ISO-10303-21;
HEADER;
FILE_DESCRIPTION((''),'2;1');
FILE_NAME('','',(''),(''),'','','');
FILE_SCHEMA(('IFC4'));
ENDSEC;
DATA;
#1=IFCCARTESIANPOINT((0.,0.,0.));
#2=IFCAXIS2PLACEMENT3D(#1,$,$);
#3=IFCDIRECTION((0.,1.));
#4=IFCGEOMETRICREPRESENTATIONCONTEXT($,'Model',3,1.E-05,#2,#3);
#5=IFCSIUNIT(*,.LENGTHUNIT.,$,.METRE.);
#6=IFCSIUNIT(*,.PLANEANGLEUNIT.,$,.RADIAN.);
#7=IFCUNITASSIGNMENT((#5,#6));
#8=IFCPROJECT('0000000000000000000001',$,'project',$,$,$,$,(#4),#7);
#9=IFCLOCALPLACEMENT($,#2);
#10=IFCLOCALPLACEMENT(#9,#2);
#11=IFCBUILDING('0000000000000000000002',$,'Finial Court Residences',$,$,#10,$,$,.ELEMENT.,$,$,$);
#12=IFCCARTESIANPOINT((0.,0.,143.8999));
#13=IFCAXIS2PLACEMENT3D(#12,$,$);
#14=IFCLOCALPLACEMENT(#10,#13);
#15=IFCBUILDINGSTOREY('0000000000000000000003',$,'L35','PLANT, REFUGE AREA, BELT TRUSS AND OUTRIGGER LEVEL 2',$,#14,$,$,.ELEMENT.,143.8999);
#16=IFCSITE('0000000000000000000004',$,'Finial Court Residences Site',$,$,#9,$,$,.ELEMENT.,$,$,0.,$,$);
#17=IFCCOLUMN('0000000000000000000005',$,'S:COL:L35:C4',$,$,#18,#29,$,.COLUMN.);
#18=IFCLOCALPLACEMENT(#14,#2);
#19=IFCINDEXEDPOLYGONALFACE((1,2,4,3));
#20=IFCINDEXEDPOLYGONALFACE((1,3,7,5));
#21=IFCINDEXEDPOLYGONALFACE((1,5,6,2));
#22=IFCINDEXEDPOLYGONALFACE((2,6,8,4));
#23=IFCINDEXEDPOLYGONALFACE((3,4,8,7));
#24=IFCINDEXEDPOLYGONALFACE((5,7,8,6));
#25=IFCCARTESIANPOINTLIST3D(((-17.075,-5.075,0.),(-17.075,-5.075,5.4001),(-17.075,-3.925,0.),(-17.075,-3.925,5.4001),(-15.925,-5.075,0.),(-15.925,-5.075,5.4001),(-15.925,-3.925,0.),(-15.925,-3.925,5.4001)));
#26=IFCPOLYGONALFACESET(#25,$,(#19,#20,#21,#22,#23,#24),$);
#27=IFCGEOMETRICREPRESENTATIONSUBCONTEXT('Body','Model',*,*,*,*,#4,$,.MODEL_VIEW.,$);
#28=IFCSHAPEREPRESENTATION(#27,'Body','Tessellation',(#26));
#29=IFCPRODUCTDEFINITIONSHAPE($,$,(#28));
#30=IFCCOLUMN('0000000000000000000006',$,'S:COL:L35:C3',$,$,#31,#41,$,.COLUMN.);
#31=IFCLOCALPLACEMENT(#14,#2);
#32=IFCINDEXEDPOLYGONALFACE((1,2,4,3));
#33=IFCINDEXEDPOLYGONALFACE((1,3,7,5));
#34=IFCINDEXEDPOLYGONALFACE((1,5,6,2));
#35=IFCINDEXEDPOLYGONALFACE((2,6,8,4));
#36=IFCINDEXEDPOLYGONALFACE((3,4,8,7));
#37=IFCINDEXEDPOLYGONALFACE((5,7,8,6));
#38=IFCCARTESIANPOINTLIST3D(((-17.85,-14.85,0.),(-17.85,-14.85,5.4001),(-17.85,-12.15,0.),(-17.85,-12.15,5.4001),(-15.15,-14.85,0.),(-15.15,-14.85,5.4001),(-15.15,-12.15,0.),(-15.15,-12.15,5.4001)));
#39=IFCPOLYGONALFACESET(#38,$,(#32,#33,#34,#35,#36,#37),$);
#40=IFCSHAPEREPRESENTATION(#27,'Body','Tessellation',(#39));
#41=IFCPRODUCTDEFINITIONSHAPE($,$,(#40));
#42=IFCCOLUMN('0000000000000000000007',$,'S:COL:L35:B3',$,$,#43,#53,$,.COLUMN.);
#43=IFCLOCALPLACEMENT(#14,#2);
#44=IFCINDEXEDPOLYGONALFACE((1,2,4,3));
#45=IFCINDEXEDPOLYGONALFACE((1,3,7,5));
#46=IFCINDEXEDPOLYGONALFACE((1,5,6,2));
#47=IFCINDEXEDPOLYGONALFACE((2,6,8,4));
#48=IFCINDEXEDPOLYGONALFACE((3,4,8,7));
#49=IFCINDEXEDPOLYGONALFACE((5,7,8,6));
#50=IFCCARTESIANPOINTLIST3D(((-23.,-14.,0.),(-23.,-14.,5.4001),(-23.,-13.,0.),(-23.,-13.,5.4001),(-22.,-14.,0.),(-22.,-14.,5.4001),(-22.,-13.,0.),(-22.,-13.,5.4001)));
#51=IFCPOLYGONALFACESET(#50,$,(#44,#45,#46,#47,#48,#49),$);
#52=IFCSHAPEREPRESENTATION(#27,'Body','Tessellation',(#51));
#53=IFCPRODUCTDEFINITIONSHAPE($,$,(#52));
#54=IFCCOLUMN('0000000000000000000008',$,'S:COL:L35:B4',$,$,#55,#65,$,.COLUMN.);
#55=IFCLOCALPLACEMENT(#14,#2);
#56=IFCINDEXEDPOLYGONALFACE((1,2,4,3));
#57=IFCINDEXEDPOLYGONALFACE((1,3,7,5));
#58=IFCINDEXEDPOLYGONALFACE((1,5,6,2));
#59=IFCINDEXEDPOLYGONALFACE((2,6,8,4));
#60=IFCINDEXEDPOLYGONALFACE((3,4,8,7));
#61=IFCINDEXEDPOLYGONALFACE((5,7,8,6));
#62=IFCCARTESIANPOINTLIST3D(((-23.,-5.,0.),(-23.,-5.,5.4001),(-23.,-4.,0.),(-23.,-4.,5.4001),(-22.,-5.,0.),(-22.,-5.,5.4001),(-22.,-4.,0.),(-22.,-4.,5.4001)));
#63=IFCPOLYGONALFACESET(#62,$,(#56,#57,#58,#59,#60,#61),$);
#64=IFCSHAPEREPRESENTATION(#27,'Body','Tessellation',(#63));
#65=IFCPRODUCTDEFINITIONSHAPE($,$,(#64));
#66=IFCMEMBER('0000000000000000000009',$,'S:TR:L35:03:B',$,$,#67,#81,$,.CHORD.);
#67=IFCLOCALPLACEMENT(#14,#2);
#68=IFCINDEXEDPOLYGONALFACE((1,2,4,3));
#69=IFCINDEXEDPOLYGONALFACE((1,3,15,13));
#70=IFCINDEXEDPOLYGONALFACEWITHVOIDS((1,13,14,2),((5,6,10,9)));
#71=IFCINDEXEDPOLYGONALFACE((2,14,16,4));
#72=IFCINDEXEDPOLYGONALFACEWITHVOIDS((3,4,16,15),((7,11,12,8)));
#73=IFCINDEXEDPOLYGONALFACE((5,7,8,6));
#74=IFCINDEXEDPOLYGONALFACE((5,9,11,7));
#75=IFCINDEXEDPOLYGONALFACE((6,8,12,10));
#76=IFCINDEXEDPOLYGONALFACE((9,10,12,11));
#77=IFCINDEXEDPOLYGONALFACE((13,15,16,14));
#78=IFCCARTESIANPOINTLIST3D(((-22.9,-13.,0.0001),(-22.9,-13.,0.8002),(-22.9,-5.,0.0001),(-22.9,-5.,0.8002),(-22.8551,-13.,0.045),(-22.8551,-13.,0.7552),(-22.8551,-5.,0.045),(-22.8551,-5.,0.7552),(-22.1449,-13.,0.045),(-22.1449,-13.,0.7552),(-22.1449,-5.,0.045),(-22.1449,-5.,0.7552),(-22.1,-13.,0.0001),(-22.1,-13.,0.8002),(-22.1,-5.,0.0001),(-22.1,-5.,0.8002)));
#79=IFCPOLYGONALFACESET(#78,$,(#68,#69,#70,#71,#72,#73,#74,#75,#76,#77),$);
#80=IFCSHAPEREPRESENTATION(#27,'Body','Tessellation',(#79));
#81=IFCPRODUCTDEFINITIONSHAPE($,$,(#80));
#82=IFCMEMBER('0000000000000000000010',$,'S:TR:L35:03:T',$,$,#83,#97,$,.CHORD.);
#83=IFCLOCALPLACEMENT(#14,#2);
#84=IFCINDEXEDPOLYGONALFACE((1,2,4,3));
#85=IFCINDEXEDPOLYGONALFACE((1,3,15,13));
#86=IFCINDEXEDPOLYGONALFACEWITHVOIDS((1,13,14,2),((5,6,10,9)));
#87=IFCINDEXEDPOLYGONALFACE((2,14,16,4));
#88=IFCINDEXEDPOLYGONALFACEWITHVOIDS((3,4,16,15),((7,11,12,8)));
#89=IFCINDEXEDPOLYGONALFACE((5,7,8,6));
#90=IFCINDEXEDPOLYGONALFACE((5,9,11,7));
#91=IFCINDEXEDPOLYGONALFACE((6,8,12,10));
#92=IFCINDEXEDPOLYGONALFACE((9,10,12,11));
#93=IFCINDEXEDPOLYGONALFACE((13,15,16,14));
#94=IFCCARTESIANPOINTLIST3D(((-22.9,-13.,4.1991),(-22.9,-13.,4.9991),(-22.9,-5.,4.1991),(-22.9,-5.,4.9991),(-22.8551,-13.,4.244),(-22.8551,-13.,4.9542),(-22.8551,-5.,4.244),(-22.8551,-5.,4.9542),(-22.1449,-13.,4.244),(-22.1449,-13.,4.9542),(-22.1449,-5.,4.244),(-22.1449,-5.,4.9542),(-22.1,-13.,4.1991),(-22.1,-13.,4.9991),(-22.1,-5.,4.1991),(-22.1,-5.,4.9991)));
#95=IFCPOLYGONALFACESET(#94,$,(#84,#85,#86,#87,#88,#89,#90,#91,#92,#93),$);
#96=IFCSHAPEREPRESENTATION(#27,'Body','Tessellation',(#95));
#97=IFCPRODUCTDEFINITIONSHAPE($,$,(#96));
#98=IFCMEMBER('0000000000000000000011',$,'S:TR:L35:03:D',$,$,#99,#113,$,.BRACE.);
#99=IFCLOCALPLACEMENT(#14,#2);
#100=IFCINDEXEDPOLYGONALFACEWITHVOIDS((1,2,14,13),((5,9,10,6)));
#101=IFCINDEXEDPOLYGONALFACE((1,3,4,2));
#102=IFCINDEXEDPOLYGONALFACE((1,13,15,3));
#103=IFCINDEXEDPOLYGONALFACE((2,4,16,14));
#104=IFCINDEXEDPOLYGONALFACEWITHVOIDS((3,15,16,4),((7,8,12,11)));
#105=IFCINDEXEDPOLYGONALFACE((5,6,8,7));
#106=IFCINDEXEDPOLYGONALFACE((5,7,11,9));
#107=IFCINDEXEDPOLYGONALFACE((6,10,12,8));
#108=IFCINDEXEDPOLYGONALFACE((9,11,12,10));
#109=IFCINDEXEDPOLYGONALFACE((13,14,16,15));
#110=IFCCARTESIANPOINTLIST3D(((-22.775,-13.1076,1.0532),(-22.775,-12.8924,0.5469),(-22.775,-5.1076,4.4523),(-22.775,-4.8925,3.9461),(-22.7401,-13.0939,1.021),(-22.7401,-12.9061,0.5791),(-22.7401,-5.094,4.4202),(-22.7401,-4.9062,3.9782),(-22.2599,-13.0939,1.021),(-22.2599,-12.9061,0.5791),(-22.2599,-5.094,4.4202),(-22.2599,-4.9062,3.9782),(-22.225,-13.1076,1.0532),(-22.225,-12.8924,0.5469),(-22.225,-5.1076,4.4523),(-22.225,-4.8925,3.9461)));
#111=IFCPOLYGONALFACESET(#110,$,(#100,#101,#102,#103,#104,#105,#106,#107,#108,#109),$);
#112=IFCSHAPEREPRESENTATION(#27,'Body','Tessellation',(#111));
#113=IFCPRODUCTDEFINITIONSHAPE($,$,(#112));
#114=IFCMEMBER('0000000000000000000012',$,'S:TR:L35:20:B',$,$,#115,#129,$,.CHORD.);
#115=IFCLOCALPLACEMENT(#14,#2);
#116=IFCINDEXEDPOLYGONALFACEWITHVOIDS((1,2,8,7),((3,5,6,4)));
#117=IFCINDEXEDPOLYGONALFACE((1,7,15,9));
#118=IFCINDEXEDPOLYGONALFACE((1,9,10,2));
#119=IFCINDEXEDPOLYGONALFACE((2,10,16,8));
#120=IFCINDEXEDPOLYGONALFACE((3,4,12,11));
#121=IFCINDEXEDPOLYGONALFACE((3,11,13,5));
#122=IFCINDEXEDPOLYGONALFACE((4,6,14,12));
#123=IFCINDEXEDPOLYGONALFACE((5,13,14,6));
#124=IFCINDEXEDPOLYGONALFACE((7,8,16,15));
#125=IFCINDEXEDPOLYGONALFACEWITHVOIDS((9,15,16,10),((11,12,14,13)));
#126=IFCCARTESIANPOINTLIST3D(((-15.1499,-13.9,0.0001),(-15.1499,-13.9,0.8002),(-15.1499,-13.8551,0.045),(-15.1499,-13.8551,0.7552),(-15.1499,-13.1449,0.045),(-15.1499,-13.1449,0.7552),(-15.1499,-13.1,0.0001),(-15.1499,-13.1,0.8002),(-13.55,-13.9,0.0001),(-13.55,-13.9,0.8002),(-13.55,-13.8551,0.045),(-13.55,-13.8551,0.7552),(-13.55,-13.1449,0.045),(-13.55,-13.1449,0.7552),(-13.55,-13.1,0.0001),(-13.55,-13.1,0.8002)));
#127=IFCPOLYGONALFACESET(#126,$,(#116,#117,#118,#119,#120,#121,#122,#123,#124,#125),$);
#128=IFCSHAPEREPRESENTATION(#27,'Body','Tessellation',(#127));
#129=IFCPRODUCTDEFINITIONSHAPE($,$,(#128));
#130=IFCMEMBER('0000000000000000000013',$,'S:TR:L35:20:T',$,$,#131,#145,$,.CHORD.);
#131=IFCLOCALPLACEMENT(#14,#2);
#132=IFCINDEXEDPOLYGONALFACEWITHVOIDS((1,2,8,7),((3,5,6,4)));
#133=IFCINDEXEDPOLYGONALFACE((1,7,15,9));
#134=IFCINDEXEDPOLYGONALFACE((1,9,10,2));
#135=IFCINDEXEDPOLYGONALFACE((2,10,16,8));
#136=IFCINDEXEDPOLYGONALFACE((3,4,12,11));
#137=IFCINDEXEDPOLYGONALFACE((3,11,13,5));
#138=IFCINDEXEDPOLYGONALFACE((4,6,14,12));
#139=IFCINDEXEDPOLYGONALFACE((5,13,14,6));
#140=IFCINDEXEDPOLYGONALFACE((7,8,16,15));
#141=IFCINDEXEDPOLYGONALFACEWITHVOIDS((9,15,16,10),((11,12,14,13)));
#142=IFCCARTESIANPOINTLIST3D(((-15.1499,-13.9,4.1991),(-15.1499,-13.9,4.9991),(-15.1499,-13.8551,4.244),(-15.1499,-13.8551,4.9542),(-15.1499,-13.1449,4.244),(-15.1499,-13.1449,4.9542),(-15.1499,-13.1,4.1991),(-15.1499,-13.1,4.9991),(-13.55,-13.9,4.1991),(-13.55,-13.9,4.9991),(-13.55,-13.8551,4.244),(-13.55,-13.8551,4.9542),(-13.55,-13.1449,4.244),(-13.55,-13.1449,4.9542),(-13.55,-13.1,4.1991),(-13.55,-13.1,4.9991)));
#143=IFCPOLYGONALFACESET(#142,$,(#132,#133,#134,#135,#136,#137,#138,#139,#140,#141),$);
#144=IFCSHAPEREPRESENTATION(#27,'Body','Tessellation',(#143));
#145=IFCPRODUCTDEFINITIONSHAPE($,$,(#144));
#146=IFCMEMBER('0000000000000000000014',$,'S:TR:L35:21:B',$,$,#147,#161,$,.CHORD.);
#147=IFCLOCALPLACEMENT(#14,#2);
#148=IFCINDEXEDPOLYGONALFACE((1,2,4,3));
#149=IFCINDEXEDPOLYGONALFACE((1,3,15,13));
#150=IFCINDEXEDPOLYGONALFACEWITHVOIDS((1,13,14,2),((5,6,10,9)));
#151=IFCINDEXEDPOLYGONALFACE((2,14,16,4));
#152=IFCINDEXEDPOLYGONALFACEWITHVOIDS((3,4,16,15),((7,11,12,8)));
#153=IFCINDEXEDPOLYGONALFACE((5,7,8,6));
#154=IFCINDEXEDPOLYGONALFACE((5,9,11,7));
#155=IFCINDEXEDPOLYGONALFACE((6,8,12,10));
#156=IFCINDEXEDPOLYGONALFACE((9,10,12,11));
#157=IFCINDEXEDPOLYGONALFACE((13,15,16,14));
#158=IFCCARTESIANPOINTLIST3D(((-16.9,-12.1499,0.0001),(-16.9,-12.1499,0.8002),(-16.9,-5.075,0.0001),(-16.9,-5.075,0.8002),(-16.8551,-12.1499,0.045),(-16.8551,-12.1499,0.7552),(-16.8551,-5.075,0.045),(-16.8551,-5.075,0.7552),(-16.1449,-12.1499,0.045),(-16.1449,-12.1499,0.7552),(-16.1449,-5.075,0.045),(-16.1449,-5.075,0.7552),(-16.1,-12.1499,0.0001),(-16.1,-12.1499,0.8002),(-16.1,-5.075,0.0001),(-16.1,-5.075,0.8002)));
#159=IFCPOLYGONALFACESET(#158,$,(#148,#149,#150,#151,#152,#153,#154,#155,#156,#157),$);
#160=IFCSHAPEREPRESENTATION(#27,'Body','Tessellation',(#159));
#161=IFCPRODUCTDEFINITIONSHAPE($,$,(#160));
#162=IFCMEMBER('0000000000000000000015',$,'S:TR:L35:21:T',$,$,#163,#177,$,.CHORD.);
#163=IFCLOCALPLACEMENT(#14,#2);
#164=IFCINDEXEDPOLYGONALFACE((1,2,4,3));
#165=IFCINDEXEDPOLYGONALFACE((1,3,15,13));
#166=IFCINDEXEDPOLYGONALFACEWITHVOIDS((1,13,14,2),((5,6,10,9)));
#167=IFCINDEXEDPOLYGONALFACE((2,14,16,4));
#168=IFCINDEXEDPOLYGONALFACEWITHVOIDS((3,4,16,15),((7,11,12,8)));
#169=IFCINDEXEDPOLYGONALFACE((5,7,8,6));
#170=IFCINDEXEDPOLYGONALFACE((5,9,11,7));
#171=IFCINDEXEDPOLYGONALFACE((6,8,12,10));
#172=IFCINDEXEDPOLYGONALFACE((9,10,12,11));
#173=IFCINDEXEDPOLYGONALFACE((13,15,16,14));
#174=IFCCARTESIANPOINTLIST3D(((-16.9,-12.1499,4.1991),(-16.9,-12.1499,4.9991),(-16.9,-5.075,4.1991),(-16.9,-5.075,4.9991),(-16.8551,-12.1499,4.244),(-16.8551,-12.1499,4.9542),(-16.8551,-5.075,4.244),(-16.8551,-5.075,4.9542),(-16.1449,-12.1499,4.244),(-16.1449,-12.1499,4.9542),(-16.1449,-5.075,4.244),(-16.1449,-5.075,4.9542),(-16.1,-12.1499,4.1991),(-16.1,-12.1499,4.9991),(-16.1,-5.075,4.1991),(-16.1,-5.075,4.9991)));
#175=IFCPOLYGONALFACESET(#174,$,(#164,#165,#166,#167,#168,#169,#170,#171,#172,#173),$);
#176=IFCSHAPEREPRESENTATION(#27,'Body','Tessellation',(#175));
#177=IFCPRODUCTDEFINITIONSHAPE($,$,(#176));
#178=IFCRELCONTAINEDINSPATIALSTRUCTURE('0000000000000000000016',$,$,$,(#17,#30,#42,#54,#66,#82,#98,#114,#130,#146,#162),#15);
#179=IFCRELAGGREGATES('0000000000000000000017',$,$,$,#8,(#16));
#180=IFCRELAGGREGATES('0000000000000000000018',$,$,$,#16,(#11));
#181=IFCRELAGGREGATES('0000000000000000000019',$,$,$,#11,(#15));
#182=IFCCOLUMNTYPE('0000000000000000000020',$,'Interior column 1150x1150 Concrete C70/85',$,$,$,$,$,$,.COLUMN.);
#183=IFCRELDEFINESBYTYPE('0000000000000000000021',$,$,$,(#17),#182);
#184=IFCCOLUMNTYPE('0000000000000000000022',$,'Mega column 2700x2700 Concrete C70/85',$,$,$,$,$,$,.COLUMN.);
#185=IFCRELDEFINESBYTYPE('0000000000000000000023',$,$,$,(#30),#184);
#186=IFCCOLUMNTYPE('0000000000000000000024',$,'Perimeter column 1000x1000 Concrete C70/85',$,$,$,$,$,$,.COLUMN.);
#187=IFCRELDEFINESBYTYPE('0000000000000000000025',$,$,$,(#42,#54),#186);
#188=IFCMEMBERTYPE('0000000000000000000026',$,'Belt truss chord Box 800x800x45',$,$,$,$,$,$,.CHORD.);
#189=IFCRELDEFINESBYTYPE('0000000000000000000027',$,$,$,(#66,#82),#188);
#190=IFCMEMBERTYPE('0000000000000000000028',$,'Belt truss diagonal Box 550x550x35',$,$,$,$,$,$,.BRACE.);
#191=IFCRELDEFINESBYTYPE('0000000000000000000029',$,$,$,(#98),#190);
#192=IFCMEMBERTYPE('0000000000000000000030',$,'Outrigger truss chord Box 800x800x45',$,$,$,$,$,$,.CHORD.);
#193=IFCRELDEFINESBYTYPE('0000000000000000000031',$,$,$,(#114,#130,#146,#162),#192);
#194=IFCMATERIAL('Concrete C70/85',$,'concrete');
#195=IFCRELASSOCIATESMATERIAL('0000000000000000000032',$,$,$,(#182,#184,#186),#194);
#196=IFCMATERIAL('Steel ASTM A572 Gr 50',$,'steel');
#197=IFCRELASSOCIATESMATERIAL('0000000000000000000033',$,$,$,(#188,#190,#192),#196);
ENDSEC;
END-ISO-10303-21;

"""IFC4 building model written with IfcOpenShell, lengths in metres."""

from ifc_helpers import new_model, si_unit, direction, frame, origin, origin_2d, place, context, subcontext, project, spatial, rectangle, hollow_rectangle, extrude, material, material_profile, profile_set, type_object, element, save


model = new_model("IFC4")

# Units and contexts
model_context = context("Model", 3, precision=1e-05, world=origin(), true_north=direction((0.0, 1.0)))
body_context = subcontext(model_context, "Body", "Model", "MODEL_VIEW")
ifc_project = project(units=[si_unit("LENGTHUNIT", "METRE"), si_unit("PLANEANGLEUNIT", "RADIAN")], contexts=[model_context])

# Site, building, storey
site_placement = place(None, origin())
site = spatial("IfcSite", under=ifc_project, at=site_placement, Name="Finial Court Residences Site", CompositionType="ELEMENT", RefElevation=0.0)
building_placement = place(site_placement, origin())
building = spatial("IfcBuilding", under=site, at=building_placement, Name="Finial Court Residences", CompositionType="ELEMENT")
storey_placement = place(building_placement, frame((0.0, 0.0, 143.8999)))
storey = spatial("IfcBuildingStorey", under=building, at=storey_placement, Name="L35", Description="PLANT, REFUGE AREA, BELT TRUSS AND OUTRIGGER LEVEL 2", CompositionType="ELEMENT", Elevation=143.8999)

# Columns
ifc_material_1 = material(Name="Concrete C70/85", Category="concrete")
ifc_material_profile_1 = material_profile(ifc_material_1, rectangle(XDim=1.1499, YDim=1.1499, at=origin_2d()), Name="1150x1150")
ifc_profile_set_1 = profile_set([ifc_material_profile_1], Name="Concrete C70/85")
column_type_1 = type_object("IfcColumnType", Name="Interior column 1150x1150 Concrete C70/85", PredefinedType="COLUMN", material=ifc_profile_set_1)
column_1_placement = place(storey_placement, frame((-16.5, -4.5, 0.0), z_axis=(0.0, 0.0, 1.0), x_axis=(1.0, 0.0, 0.0)))
element("IfcColumn", 1, at=column_1_placement, inside=storey, type_object=column_type_1, Name="S:COL:L35:C4", PredefinedType="COLUMN", context=body_context, shape_type="SweptSolid", body=[
    extrude(rectangle(XDim=1.1499, YDim=1.1499, at=origin_2d()), origin(), (0.0, 0.0, 1.0), 5.4001),
])
ifc_material_profile_2 = material_profile(ifc_material_1, rectangle(XDim=2.7, YDim=2.7, at=origin_2d()), Name="2700x2700")
ifc_profile_set_2 = profile_set([ifc_material_profile_2], Name="Concrete C70/85")
column_type_2 = type_object("IfcColumnType", Name="Mega column 2700x2700 Concrete C70/85", PredefinedType="COLUMN", material=ifc_profile_set_2)
column_2_placement = place(storey_placement, frame((-16.5, -13.5, 0.0), z_axis=(0.0, 0.0, 1.0), x_axis=(1.0, 0.0, 0.0)))
element("IfcColumn", 2, at=column_2_placement, inside=storey, type_object=column_type_2, Name="S:COL:L35:C3", PredefinedType="COLUMN", context=body_context, shape_type="SweptSolid", body=[
    extrude(rectangle(XDim=2.7, YDim=2.7, at=origin_2d()), origin(), (0.0, 0.0, 1.0), 5.4001),
])
ifc_material_profile_3 = material_profile(ifc_material_1, rectangle(XDim=1.0, YDim=1.0, at=origin_2d()), Name="1000x1000")
ifc_profile_set_3 = profile_set([ifc_material_profile_3], Name="Concrete C70/85")
column_type_3 = type_object("IfcColumnType", Name="Perimeter column 1000x1000 Concrete C70/85", PredefinedType="COLUMN", material=ifc_profile_set_3)
for number, where, z_axis, x_axis, name in (
    (3, (-22.5, -13.5, 0.0), (0.0, 0.0, 1.0), (1.0, 0.0, 0.0), "S:COL:L35:B3"),
    (4, (-22.5, -4.5, 0.0), (0.0, 0.0, 1.0), (1.0, 0.0, 0.0), "S:COL:L35:B4"),
):
    element("IfcColumn", number, at=place(storey_placement, frame(where, z_axis=z_axis, x_axis=x_axis)), inside=storey, type_object=column_type_3, Name=name, PredefinedType="COLUMN", context=body_context, shape_type="SweptSolid", body=[
        extrude(rectangle(XDim=1.0, YDim=1.0, at=origin_2d()), origin(), (0.0, 0.0, 1.0), 5.4001),
    ])

# Members
ifc_material_2 = material(Name="Steel ASTM A572 Gr 50", Category="steel")
ifc_material_profile_4 = material_profile(ifc_material_2, hollow_rectangle(XDim=0.8, YDim=0.8, WallThickness=0.0449, at=origin_2d()), Name="Box 800x800x45")
ifc_profile_set_4 = profile_set([ifc_material_profile_4], Name="Steel ASTM A572 Gr 50")
member_type_1 = type_object("IfcMemberType", Name="Belt truss chord Box 800x800x45", PredefinedType="CHORD", material=ifc_profile_set_4)
for number, where, z_axis, x_axis, name in (
    (5, (-22.5, -13.0, 0.4001), (0.0, 1.0, 0.0), (-1.0, 0.0, 0.0), "S:TR:L35:03:B"),
    (6, (-22.5, -13.0, 4.5991), (0.0, 1.0, 0.0), (-1.0, 0.0, 0.0), "S:TR:L35:03:T"),
):
    element("IfcMember", number, at=place(storey_placement, frame(where, z_axis=z_axis, x_axis=x_axis)), inside=storey, type_object=member_type_1, Name=name, PredefinedType="CHORD", context=body_context, shape_type="SweptSolid", body=[
        extrude(hollow_rectangle(XDim=0.8, YDim=0.8, WallThickness=0.0449, at=origin_2d()), origin(), (0.0, 0.0, 1.0), 8.0),
    ])
ifc_material_profile_5 = material_profile(ifc_material_2, hollow_rectangle(XDim=0.55, YDim=0.55, WallThickness=0.0349, at=origin_2d()), Name="Box 550x550x35")
ifc_profile_set_5 = profile_set([ifc_material_profile_5], Name="Steel ASTM A572 Gr 50")
member_type_2 = type_object("IfcMemberType", Name="Belt truss diagonal Box 550x550x35", PredefinedType="BRACE", material=ifc_profile_set_5)
member_1_placement = place(storey_placement, frame((-22.5, -13.0, 0.8), z_axis=(0.0, 0.920365, 0.39106), x_axis=(-1.0, 0.0, 0.0)))
element("IfcMember", 7, at=member_1_placement, inside=storey, type_object=member_type_2, Name="S:TR:L35:03:D", PredefinedType="BRACE", context=body_context, shape_type="SweptSolid", body=[
    extrude(hollow_rectangle(XDim=0.55, YDim=0.55, WallThickness=0.0349, at=origin_2d()), origin(), (0.0, 0.0, 1.0), 8.6921),
])
ifc_material_profile_6 = material_profile(ifc_material_2, hollow_rectangle(XDim=0.8, YDim=0.8, WallThickness=0.0449, at=origin_2d()), Name="Box 800x800x45")
ifc_profile_set_6 = profile_set([ifc_material_profile_6], Name="Steel ASTM A572 Gr 50")
member_type_3 = type_object("IfcMemberType", Name="Outrigger truss chord Box 800x800x45", PredefinedType="CHORD", material=ifc_profile_set_6)
for number, where, z_axis, x_axis, name in (
    (8, (-13.55, -13.5, 0.4001), (-1.0, 0.0, 0.0), (0.0, -1.0, 0.0), "S:TR:L35:20:B"),
    (9, (-13.55, -13.5, 4.5991), (-1.0, 0.0, 0.0), (0.0, -1.0, 0.0), "S:TR:L35:20:T"),
):
    element("IfcMember", number, at=place(storey_placement, frame(where, z_axis=z_axis, x_axis=x_axis)), inside=storey, type_object=member_type_3, Name=name, PredefinedType="CHORD", context=body_context, shape_type="SweptSolid", body=[
        extrude(hollow_rectangle(XDim=0.8, YDim=0.8, WallThickness=0.0449, at=origin_2d()), origin(), (0.0, 0.0, 1.0), 1.5999),
    ])
for number, where, z_axis, x_axis, name in (
    (10, (-16.5, -12.1499, 0.4001), (0.0, 1.0, 0.0), (-1.0, 0.0, 0.0), "S:TR:L35:21:B"),
    (11, (-16.5, -12.1499, 4.5991), (0.0, 1.0, 0.0), (-1.0, 0.0, 0.0), "S:TR:L35:21:T"),
):
    element("IfcMember", number, at=place(storey_placement, frame(where, z_axis=z_axis, x_axis=x_axis)), inside=storey, type_object=member_type_3, Name=name, PredefinedType="CHORD", context=body_context, shape_type="SweptSolid", body=[
        extrude(hollow_rectangle(XDim=0.8, YDim=0.8, WallThickness=0.0449, at=origin_2d()), origin(), (0.0, 0.0, 1.0), 7.075),
    ])

save(model, "model.ifc")
